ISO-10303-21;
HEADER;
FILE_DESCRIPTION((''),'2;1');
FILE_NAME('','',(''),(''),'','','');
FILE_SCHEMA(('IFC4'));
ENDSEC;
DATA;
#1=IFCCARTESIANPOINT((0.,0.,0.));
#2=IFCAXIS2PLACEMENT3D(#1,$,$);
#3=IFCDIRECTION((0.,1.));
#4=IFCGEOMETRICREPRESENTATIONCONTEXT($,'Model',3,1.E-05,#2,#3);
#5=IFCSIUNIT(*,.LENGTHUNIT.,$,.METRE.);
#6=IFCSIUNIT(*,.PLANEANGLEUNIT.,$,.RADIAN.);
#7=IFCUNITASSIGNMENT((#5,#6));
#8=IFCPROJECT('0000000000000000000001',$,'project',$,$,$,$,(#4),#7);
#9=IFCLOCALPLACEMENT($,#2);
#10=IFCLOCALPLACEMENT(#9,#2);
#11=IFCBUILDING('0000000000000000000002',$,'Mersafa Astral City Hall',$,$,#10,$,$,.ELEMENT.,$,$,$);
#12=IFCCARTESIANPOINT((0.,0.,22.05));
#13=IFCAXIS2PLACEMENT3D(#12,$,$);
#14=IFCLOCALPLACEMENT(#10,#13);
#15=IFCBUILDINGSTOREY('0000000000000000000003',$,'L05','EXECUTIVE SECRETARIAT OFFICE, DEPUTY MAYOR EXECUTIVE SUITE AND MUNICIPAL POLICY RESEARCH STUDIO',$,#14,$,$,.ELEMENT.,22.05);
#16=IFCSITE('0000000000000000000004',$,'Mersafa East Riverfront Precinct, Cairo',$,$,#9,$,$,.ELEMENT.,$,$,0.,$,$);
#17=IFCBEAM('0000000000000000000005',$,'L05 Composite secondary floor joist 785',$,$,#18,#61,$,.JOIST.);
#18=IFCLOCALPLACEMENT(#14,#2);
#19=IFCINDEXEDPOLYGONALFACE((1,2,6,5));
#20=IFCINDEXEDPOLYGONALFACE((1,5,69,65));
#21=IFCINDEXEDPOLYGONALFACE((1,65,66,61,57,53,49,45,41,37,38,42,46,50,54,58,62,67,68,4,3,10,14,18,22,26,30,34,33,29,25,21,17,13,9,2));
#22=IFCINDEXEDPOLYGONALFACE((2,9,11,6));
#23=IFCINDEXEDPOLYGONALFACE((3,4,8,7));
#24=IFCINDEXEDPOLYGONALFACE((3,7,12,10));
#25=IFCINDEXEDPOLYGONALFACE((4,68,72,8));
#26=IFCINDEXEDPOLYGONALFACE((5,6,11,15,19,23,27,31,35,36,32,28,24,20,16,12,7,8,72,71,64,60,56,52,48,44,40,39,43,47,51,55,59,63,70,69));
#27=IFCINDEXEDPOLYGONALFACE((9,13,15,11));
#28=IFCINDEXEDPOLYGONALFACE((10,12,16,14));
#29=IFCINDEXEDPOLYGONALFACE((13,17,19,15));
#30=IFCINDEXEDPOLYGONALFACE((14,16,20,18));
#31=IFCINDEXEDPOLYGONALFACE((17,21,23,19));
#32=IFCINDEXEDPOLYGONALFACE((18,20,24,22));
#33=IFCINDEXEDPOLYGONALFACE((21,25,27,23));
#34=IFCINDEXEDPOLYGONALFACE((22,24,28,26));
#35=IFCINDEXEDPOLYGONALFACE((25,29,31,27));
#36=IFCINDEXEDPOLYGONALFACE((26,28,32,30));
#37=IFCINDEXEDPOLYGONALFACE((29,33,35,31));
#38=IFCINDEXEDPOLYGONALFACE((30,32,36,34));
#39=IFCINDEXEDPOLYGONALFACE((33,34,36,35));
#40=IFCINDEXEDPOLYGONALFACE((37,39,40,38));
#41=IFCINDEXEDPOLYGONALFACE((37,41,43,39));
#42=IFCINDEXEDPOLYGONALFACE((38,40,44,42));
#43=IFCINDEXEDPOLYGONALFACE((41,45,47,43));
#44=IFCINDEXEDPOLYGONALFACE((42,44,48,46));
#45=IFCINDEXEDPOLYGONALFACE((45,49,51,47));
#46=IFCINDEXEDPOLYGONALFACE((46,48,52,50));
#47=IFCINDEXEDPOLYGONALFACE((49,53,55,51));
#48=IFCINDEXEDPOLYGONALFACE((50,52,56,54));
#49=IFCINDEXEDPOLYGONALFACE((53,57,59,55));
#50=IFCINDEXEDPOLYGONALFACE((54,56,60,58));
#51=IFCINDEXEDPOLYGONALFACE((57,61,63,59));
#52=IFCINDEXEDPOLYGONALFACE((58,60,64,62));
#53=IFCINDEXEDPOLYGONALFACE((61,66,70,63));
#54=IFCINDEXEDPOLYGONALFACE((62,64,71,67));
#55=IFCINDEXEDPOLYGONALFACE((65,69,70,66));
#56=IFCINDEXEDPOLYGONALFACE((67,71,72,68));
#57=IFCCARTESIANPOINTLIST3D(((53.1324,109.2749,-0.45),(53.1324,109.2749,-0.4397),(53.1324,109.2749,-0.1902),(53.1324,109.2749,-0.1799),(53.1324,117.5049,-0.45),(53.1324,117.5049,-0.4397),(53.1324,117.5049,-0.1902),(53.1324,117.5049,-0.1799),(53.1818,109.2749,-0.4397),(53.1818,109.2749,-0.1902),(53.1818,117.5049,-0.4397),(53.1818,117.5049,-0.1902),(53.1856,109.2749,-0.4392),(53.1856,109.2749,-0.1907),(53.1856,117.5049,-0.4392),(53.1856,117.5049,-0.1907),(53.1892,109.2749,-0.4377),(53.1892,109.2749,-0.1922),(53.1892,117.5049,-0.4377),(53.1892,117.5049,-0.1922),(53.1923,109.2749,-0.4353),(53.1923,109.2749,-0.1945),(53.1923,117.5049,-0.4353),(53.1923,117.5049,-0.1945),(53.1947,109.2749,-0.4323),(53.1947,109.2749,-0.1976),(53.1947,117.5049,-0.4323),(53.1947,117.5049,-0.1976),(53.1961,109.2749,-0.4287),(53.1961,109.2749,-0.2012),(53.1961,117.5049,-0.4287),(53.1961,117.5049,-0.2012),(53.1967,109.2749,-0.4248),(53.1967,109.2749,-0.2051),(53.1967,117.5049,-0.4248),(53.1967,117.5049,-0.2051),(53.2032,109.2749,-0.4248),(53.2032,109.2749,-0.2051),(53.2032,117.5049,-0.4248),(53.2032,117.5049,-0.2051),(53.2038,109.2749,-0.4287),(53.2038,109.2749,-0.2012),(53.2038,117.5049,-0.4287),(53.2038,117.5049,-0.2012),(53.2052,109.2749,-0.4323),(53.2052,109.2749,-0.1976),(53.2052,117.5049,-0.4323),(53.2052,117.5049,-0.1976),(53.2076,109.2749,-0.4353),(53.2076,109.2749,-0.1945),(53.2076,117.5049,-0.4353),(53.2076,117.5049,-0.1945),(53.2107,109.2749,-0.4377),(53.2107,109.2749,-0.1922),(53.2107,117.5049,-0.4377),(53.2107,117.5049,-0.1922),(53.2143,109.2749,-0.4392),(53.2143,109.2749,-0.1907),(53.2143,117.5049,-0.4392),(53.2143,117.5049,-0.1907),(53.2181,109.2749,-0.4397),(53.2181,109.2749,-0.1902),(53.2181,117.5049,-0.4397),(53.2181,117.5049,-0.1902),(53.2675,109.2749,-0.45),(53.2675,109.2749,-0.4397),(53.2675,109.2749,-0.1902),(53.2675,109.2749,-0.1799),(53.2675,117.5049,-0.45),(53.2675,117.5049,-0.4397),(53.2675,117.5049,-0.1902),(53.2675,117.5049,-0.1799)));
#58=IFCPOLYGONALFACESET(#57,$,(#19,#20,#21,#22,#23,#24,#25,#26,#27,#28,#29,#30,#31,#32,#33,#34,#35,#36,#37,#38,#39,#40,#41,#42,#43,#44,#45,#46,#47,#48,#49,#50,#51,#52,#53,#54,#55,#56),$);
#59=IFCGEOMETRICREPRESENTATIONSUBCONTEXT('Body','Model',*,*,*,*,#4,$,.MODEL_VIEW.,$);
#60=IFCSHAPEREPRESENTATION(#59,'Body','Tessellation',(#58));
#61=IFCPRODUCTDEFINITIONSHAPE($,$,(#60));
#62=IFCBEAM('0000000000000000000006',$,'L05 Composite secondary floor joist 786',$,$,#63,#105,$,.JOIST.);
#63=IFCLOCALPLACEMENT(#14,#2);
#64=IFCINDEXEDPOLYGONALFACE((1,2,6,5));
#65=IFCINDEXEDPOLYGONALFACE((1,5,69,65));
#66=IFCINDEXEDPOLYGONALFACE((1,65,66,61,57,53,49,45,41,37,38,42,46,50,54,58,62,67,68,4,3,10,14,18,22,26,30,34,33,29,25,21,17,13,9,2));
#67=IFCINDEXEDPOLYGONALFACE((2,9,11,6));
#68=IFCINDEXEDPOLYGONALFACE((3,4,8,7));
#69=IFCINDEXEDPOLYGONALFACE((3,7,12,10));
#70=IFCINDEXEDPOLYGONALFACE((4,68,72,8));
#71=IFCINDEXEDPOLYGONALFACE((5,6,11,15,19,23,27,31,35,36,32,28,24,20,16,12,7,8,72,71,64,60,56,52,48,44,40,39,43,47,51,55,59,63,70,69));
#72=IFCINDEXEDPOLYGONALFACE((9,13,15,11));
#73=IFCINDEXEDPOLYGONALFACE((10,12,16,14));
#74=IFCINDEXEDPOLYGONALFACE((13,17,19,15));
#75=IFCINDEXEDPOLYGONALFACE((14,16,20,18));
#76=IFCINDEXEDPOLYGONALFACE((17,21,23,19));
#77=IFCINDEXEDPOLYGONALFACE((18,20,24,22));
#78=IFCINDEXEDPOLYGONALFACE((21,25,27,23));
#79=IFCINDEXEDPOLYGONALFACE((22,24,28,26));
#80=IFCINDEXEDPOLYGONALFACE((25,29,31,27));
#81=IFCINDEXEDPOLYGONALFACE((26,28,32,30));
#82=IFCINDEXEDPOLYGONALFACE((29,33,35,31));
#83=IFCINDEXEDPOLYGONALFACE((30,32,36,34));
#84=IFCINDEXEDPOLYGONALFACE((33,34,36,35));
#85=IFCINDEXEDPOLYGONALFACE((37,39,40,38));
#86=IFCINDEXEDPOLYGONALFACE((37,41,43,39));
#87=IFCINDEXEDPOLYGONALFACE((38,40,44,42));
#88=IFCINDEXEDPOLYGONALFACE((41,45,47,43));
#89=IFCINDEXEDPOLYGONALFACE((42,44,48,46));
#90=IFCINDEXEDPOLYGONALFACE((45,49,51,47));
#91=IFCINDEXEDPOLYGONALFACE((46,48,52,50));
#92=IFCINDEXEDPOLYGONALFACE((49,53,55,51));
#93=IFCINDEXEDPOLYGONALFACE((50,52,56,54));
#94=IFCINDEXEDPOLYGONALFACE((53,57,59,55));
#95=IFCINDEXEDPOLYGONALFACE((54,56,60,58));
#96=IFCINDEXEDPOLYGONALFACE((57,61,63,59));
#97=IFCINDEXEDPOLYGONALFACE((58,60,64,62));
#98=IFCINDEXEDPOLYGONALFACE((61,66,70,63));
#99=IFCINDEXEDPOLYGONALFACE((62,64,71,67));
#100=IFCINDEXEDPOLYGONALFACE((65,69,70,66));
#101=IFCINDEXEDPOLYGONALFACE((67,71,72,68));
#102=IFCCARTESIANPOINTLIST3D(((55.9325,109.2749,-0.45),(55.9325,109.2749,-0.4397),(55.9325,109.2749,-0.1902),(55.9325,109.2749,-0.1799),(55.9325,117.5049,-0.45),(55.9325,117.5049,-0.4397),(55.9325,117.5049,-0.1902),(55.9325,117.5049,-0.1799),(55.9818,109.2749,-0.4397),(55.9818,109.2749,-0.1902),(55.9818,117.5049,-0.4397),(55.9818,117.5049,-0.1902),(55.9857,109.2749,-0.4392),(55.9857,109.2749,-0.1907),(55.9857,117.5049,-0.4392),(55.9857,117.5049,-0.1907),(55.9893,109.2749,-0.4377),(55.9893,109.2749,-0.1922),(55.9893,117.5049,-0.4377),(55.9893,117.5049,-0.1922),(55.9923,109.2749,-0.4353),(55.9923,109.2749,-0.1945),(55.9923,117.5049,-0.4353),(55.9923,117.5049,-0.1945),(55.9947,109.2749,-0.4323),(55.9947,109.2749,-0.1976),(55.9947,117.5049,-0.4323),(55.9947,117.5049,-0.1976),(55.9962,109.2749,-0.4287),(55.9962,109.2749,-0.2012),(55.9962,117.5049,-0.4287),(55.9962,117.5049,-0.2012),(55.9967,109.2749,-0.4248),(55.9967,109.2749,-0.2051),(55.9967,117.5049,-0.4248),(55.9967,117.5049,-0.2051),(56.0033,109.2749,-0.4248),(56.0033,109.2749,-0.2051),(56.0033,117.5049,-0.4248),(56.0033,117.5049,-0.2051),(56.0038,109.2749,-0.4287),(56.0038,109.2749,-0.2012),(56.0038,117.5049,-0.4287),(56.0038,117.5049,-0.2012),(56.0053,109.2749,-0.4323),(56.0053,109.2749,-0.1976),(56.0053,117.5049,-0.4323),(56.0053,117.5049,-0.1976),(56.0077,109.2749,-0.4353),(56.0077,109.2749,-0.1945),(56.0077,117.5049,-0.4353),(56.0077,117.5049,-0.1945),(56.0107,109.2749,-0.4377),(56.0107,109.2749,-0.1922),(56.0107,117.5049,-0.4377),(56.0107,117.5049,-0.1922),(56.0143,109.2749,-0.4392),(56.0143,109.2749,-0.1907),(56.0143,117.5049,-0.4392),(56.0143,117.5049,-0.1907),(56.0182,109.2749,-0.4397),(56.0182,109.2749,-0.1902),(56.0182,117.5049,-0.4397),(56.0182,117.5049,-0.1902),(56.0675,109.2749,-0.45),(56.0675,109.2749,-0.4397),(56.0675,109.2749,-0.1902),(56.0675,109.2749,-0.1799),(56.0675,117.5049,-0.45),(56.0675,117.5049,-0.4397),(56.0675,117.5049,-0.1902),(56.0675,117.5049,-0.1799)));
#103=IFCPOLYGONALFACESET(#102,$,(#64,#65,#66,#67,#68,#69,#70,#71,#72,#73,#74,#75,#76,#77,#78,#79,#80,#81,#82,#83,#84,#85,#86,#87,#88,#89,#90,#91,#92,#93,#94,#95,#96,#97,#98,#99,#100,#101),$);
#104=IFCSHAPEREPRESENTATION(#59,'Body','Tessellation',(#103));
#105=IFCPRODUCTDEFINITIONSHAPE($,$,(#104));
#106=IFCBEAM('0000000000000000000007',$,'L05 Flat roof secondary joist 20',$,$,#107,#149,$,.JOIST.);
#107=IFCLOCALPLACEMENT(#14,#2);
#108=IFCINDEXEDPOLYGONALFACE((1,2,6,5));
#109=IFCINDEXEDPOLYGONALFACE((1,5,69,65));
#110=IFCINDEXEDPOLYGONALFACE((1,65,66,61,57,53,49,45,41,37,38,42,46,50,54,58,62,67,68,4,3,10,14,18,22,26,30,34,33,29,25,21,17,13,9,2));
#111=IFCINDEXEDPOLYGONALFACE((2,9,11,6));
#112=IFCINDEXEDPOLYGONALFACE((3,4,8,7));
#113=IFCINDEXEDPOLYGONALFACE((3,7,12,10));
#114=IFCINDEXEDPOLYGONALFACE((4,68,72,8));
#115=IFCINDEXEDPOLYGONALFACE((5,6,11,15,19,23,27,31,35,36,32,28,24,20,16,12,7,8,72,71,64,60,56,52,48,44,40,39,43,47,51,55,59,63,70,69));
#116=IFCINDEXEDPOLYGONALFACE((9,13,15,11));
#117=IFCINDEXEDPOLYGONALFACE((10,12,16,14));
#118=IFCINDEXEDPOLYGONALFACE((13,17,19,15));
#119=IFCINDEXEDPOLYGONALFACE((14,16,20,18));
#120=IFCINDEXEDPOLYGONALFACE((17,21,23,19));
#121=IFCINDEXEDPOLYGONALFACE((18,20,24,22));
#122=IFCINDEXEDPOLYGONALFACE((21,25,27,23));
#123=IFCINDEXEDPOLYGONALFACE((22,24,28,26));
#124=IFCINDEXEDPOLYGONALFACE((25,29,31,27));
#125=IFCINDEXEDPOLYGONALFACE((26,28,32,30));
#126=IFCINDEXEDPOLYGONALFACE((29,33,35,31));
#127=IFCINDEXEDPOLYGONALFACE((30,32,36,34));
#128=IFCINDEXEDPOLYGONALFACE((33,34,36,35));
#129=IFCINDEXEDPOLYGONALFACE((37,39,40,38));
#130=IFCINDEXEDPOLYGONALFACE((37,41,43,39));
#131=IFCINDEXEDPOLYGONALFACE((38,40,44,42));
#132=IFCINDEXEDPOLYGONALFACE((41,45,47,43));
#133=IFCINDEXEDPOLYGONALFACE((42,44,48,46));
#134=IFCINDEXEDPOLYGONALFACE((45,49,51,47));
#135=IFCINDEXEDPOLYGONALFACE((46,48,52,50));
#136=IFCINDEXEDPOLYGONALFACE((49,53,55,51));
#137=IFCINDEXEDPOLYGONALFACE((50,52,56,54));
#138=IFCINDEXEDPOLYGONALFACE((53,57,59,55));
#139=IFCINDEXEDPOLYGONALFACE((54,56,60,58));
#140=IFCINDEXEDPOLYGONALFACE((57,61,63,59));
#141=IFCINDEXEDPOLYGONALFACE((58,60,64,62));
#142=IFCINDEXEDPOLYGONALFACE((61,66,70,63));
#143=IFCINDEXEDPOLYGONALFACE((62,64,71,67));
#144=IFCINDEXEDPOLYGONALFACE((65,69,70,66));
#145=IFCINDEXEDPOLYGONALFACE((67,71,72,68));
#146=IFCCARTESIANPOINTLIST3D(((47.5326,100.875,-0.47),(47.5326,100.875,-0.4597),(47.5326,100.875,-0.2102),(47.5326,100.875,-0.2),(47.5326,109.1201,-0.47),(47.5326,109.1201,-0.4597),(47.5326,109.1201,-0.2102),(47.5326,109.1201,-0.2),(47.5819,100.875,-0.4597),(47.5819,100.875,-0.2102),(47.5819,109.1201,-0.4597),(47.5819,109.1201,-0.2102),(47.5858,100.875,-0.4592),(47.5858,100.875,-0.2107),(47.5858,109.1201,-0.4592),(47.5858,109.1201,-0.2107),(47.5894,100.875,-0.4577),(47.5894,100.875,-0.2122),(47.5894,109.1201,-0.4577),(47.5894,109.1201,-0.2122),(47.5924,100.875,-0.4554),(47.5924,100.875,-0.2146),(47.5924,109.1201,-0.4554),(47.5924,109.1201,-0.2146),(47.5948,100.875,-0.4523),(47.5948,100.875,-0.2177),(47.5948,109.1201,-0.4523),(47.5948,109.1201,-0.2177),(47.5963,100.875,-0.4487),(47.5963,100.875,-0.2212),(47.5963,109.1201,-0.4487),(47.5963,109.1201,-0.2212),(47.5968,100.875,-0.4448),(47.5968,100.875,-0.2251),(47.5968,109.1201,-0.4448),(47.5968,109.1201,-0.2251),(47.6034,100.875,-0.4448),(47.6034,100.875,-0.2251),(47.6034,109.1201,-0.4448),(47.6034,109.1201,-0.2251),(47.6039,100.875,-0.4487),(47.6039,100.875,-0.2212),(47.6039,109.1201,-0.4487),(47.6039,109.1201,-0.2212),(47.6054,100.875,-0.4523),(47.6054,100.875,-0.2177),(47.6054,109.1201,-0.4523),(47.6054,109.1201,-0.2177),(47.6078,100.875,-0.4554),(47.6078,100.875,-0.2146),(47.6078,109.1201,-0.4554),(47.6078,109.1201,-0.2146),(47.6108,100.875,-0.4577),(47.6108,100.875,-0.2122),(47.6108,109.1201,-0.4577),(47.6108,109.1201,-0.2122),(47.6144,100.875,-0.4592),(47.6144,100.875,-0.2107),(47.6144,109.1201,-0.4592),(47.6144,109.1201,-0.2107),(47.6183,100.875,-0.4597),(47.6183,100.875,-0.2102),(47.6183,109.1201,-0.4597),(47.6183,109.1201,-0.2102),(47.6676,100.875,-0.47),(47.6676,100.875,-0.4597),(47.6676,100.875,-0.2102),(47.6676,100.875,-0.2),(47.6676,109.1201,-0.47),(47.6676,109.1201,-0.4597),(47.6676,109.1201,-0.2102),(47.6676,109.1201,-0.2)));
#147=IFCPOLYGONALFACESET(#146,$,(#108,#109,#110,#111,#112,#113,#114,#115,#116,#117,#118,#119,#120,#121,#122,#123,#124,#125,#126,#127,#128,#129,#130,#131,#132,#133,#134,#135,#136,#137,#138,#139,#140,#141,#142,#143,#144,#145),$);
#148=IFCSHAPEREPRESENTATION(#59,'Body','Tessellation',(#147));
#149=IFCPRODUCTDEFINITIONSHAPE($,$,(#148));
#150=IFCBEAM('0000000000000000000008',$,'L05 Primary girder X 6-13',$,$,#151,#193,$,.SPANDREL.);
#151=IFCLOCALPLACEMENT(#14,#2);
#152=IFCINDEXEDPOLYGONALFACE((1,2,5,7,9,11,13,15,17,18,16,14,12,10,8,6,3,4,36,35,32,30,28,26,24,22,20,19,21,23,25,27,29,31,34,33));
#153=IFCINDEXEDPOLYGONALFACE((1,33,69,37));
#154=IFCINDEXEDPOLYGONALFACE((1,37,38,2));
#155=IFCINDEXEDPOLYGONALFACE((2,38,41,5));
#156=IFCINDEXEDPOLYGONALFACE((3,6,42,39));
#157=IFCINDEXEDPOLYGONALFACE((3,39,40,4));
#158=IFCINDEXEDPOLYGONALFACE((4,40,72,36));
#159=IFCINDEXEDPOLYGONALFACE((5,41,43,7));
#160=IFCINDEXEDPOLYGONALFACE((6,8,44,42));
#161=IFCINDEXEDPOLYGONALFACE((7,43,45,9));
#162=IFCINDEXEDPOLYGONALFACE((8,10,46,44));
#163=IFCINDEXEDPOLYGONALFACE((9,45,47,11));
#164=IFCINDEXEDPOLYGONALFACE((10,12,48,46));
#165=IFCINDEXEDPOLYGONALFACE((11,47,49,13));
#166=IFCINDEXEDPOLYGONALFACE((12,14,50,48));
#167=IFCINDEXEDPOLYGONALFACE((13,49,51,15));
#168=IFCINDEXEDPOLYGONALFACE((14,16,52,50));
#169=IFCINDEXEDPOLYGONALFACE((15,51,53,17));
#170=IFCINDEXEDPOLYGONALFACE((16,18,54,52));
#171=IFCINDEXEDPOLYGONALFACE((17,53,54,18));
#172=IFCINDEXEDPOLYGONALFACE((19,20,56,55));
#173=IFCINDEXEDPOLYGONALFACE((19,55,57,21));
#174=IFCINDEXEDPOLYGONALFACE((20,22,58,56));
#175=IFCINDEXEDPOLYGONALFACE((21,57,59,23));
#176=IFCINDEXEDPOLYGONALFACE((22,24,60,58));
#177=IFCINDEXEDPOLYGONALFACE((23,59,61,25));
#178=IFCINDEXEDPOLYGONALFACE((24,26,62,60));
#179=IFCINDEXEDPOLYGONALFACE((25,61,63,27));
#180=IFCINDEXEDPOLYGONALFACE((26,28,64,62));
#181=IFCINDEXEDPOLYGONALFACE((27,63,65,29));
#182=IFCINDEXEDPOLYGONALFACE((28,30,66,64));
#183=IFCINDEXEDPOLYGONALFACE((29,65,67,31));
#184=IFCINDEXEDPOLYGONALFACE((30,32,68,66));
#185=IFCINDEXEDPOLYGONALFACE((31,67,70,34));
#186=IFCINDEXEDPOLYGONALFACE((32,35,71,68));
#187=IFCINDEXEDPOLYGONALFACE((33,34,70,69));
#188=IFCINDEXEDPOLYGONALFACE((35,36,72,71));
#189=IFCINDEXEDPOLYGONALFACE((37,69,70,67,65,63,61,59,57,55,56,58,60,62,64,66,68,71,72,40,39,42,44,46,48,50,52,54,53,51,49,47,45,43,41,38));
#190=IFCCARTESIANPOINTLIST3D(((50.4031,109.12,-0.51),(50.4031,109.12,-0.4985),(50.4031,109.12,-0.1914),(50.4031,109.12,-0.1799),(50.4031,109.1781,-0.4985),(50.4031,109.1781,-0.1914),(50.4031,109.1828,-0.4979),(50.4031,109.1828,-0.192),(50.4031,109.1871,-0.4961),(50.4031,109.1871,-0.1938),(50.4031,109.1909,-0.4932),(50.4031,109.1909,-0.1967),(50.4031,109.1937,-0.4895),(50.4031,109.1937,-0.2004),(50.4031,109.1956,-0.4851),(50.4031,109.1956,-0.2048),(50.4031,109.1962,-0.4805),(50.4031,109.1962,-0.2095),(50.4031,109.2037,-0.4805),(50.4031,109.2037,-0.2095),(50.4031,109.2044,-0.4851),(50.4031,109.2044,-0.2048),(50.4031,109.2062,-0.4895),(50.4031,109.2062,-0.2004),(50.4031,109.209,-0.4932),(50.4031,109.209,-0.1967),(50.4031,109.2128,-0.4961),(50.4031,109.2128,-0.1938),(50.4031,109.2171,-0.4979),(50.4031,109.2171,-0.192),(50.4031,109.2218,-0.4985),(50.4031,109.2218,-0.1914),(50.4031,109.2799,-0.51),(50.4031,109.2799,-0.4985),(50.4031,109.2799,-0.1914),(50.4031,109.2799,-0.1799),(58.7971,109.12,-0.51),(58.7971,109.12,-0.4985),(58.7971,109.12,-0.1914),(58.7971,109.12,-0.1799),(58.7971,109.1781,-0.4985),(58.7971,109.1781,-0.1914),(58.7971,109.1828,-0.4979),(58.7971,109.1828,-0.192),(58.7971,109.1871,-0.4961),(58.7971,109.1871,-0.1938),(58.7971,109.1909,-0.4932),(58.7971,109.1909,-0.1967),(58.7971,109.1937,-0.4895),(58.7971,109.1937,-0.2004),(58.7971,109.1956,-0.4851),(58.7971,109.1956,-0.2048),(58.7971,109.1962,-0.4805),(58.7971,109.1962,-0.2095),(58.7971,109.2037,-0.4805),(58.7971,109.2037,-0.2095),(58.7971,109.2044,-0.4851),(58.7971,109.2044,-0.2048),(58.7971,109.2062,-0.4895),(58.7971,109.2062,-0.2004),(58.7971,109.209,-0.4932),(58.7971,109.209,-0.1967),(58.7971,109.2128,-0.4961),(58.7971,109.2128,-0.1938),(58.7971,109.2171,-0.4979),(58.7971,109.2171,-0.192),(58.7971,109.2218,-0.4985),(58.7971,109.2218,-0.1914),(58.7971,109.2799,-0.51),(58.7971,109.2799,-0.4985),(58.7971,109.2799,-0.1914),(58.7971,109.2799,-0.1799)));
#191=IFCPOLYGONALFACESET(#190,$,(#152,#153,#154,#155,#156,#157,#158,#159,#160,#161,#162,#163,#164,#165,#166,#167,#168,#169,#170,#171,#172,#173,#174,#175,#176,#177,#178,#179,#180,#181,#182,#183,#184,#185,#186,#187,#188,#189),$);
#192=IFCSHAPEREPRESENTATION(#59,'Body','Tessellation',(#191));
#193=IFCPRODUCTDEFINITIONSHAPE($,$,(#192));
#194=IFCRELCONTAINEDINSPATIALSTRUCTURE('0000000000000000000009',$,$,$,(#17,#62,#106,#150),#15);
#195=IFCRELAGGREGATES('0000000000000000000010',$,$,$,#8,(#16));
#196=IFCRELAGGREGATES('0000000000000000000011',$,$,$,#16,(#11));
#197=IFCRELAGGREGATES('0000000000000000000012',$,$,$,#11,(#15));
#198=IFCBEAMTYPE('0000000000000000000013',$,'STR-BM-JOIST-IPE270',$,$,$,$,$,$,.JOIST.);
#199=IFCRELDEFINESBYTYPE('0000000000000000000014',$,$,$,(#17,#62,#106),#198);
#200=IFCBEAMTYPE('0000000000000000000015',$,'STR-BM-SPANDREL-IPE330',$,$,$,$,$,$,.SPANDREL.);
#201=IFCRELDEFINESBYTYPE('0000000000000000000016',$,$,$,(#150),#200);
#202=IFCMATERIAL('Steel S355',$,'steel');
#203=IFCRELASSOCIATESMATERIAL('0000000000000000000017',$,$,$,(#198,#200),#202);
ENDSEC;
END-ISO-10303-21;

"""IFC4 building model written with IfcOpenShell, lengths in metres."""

from ifc_helpers import new_model, si_unit, direction, frame, origin, origin_2d, place, context, subcontext, project, spatial, i_section, extrude, material, material_profile, profile_set, type_object, element, save


model = new_model("IFC4")

# Units and contexts
model_context = context("Model", 3, precision=1e-05, world=origin(), true_north=direction((0.0, 1.0)))
body_context = subcontext(model_context, "Body", "Model", "MODEL_VIEW")
ifc_project = project(units=[si_unit("LENGTHUNIT", "METRE"), si_unit("PLANEANGLEUNIT", "RADIAN")], contexts=[model_context])

# Site, building, storey
site_placement = place(None, origin())
site = spatial("IfcSite", under=ifc_project, at=site_placement, Name="Mersafa East Riverfront Precinct, Cairo", CompositionType="ELEMENT", RefElevation=0.0)
building_placement = place(site_placement, origin())
building = spatial("IfcBuilding", under=site, at=building_placement, Name="Mersafa Astral City Hall", CompositionType="ELEMENT")
storey_placement = place(building_placement, frame((0.0, 0.0, 22.05)))
storey = spatial("IfcBuildingStorey", under=building, at=storey_placement, Name="L05", Description="EXECUTIVE SECRETARIAT OFFICE, DEPUTY MAYOR EXECUTIVE SUITE AND MUNICIPAL POLICY RESEARCH STUDIO", CompositionType="ELEMENT", Elevation=22.05)

# Shared definitions
ifc_material_1 = material(Name="Steel S355", Category="steel")

# Beams
ifc_material_profile_1 = material_profile(ifc_material_1, i_section(OverallWidth=0.135, OverallDepth=0.27, WebThickness=0.0066, FlangeThickness=0.0103, FilletRadius=0.0149, at=origin_2d()), Name="IPE 270")
ifc_profile_set_1 = profile_set([ifc_material_profile_1], Name="Steel S355")
beam_type_1 = type_object("IfcBeamType", Name="STR-BM-JOIST-IPE270", PredefinedType="JOIST", material=ifc_profile_set_1)
for number, where, z_axis, x_axis, name in (
    (1, (53.2, 109.2749, -0.3149), (0.0, 1.0, 0.0), (-1.0, 0.0, 0.0), "L05 Composite secondary floor joist 785"),
    (2, (56.0, 109.2749, -0.3149), (0.0, 1.0, 0.0), (-1.0, 0.0, 0.0), "L05 Composite secondary floor joist 786"),
):
    element("IfcBeam", number, at=place(storey_placement, frame(where, z_axis=z_axis, x_axis=x_axis)), inside=storey, type_object=beam_type_1, Name=name, PredefinedType="JOIST", context=body_context, shape_type="SweptSolid", body=[
        extrude(i_section(OverallWidth=0.135, OverallDepth=0.27, WebThickness=0.0066, FlangeThickness=0.0103, FilletRadius=0.0149, at=origin_2d()), origin(), (0.0, 0.0, 1.0), 8.23),
    ])
beam_1_placement = place(storey_placement, frame((47.6001, 100.875, -0.335), z_axis=(0.0, 1.0, 0.0), x_axis=(-1.0, 0.0, 0.0)))
element("IfcBeam", 3, at=beam_1_placement, inside=storey, type_object=beam_type_1, Name="L05 Flat roof secondary joist 20", PredefinedType="JOIST", context=body_context, shape_type="SweptSolid", body=[
    extrude(i_section(OverallWidth=0.135, OverallDepth=0.27, WebThickness=0.0066, FlangeThickness=0.0103, FilletRadius=0.0149, at=origin_2d()), origin(), (0.0, 0.0, 1.0), 8.2451),
])
ifc_material_profile_2 = material_profile(ifc_material_1, i_section(OverallWidth=0.1599, OverallDepth=0.3301, WebThickness=0.0076, FlangeThickness=0.0115, FilletRadius=0.0181, at=origin_2d()), Name="IPE 330")
ifc_profile_set_2 = profile_set([ifc_material_profile_2], Name="Steel S355")
beam_type_2 = type_object("IfcBeamType", Name="STR-BM-SPANDREL-IPE330", PredefinedType="SPANDREL", material=ifc_profile_set_2)
beam_2_placement = place(storey_placement, frame((50.4031, 109.2, -0.345), z_axis=(1.0, 0.0, 0.0), x_axis=(0.0, 1.0, 0.0)))
element("IfcBeam", 4, at=beam_2_placement, inside=storey, type_object=beam_type_2, Name="L05 Primary girder X 6-13", PredefinedType="SPANDREL", context=body_context, shape_type="SweptSolid", body=[
    extrude(i_section(OverallWidth=0.1599, OverallDepth=0.3301, WebThickness=0.0076, FlangeThickness=0.0115, FilletRadius=0.0181, at=origin_2d()), origin(), (0.0, 0.0, 1.0), 8.394),
])

save(model, "model.ifc")
